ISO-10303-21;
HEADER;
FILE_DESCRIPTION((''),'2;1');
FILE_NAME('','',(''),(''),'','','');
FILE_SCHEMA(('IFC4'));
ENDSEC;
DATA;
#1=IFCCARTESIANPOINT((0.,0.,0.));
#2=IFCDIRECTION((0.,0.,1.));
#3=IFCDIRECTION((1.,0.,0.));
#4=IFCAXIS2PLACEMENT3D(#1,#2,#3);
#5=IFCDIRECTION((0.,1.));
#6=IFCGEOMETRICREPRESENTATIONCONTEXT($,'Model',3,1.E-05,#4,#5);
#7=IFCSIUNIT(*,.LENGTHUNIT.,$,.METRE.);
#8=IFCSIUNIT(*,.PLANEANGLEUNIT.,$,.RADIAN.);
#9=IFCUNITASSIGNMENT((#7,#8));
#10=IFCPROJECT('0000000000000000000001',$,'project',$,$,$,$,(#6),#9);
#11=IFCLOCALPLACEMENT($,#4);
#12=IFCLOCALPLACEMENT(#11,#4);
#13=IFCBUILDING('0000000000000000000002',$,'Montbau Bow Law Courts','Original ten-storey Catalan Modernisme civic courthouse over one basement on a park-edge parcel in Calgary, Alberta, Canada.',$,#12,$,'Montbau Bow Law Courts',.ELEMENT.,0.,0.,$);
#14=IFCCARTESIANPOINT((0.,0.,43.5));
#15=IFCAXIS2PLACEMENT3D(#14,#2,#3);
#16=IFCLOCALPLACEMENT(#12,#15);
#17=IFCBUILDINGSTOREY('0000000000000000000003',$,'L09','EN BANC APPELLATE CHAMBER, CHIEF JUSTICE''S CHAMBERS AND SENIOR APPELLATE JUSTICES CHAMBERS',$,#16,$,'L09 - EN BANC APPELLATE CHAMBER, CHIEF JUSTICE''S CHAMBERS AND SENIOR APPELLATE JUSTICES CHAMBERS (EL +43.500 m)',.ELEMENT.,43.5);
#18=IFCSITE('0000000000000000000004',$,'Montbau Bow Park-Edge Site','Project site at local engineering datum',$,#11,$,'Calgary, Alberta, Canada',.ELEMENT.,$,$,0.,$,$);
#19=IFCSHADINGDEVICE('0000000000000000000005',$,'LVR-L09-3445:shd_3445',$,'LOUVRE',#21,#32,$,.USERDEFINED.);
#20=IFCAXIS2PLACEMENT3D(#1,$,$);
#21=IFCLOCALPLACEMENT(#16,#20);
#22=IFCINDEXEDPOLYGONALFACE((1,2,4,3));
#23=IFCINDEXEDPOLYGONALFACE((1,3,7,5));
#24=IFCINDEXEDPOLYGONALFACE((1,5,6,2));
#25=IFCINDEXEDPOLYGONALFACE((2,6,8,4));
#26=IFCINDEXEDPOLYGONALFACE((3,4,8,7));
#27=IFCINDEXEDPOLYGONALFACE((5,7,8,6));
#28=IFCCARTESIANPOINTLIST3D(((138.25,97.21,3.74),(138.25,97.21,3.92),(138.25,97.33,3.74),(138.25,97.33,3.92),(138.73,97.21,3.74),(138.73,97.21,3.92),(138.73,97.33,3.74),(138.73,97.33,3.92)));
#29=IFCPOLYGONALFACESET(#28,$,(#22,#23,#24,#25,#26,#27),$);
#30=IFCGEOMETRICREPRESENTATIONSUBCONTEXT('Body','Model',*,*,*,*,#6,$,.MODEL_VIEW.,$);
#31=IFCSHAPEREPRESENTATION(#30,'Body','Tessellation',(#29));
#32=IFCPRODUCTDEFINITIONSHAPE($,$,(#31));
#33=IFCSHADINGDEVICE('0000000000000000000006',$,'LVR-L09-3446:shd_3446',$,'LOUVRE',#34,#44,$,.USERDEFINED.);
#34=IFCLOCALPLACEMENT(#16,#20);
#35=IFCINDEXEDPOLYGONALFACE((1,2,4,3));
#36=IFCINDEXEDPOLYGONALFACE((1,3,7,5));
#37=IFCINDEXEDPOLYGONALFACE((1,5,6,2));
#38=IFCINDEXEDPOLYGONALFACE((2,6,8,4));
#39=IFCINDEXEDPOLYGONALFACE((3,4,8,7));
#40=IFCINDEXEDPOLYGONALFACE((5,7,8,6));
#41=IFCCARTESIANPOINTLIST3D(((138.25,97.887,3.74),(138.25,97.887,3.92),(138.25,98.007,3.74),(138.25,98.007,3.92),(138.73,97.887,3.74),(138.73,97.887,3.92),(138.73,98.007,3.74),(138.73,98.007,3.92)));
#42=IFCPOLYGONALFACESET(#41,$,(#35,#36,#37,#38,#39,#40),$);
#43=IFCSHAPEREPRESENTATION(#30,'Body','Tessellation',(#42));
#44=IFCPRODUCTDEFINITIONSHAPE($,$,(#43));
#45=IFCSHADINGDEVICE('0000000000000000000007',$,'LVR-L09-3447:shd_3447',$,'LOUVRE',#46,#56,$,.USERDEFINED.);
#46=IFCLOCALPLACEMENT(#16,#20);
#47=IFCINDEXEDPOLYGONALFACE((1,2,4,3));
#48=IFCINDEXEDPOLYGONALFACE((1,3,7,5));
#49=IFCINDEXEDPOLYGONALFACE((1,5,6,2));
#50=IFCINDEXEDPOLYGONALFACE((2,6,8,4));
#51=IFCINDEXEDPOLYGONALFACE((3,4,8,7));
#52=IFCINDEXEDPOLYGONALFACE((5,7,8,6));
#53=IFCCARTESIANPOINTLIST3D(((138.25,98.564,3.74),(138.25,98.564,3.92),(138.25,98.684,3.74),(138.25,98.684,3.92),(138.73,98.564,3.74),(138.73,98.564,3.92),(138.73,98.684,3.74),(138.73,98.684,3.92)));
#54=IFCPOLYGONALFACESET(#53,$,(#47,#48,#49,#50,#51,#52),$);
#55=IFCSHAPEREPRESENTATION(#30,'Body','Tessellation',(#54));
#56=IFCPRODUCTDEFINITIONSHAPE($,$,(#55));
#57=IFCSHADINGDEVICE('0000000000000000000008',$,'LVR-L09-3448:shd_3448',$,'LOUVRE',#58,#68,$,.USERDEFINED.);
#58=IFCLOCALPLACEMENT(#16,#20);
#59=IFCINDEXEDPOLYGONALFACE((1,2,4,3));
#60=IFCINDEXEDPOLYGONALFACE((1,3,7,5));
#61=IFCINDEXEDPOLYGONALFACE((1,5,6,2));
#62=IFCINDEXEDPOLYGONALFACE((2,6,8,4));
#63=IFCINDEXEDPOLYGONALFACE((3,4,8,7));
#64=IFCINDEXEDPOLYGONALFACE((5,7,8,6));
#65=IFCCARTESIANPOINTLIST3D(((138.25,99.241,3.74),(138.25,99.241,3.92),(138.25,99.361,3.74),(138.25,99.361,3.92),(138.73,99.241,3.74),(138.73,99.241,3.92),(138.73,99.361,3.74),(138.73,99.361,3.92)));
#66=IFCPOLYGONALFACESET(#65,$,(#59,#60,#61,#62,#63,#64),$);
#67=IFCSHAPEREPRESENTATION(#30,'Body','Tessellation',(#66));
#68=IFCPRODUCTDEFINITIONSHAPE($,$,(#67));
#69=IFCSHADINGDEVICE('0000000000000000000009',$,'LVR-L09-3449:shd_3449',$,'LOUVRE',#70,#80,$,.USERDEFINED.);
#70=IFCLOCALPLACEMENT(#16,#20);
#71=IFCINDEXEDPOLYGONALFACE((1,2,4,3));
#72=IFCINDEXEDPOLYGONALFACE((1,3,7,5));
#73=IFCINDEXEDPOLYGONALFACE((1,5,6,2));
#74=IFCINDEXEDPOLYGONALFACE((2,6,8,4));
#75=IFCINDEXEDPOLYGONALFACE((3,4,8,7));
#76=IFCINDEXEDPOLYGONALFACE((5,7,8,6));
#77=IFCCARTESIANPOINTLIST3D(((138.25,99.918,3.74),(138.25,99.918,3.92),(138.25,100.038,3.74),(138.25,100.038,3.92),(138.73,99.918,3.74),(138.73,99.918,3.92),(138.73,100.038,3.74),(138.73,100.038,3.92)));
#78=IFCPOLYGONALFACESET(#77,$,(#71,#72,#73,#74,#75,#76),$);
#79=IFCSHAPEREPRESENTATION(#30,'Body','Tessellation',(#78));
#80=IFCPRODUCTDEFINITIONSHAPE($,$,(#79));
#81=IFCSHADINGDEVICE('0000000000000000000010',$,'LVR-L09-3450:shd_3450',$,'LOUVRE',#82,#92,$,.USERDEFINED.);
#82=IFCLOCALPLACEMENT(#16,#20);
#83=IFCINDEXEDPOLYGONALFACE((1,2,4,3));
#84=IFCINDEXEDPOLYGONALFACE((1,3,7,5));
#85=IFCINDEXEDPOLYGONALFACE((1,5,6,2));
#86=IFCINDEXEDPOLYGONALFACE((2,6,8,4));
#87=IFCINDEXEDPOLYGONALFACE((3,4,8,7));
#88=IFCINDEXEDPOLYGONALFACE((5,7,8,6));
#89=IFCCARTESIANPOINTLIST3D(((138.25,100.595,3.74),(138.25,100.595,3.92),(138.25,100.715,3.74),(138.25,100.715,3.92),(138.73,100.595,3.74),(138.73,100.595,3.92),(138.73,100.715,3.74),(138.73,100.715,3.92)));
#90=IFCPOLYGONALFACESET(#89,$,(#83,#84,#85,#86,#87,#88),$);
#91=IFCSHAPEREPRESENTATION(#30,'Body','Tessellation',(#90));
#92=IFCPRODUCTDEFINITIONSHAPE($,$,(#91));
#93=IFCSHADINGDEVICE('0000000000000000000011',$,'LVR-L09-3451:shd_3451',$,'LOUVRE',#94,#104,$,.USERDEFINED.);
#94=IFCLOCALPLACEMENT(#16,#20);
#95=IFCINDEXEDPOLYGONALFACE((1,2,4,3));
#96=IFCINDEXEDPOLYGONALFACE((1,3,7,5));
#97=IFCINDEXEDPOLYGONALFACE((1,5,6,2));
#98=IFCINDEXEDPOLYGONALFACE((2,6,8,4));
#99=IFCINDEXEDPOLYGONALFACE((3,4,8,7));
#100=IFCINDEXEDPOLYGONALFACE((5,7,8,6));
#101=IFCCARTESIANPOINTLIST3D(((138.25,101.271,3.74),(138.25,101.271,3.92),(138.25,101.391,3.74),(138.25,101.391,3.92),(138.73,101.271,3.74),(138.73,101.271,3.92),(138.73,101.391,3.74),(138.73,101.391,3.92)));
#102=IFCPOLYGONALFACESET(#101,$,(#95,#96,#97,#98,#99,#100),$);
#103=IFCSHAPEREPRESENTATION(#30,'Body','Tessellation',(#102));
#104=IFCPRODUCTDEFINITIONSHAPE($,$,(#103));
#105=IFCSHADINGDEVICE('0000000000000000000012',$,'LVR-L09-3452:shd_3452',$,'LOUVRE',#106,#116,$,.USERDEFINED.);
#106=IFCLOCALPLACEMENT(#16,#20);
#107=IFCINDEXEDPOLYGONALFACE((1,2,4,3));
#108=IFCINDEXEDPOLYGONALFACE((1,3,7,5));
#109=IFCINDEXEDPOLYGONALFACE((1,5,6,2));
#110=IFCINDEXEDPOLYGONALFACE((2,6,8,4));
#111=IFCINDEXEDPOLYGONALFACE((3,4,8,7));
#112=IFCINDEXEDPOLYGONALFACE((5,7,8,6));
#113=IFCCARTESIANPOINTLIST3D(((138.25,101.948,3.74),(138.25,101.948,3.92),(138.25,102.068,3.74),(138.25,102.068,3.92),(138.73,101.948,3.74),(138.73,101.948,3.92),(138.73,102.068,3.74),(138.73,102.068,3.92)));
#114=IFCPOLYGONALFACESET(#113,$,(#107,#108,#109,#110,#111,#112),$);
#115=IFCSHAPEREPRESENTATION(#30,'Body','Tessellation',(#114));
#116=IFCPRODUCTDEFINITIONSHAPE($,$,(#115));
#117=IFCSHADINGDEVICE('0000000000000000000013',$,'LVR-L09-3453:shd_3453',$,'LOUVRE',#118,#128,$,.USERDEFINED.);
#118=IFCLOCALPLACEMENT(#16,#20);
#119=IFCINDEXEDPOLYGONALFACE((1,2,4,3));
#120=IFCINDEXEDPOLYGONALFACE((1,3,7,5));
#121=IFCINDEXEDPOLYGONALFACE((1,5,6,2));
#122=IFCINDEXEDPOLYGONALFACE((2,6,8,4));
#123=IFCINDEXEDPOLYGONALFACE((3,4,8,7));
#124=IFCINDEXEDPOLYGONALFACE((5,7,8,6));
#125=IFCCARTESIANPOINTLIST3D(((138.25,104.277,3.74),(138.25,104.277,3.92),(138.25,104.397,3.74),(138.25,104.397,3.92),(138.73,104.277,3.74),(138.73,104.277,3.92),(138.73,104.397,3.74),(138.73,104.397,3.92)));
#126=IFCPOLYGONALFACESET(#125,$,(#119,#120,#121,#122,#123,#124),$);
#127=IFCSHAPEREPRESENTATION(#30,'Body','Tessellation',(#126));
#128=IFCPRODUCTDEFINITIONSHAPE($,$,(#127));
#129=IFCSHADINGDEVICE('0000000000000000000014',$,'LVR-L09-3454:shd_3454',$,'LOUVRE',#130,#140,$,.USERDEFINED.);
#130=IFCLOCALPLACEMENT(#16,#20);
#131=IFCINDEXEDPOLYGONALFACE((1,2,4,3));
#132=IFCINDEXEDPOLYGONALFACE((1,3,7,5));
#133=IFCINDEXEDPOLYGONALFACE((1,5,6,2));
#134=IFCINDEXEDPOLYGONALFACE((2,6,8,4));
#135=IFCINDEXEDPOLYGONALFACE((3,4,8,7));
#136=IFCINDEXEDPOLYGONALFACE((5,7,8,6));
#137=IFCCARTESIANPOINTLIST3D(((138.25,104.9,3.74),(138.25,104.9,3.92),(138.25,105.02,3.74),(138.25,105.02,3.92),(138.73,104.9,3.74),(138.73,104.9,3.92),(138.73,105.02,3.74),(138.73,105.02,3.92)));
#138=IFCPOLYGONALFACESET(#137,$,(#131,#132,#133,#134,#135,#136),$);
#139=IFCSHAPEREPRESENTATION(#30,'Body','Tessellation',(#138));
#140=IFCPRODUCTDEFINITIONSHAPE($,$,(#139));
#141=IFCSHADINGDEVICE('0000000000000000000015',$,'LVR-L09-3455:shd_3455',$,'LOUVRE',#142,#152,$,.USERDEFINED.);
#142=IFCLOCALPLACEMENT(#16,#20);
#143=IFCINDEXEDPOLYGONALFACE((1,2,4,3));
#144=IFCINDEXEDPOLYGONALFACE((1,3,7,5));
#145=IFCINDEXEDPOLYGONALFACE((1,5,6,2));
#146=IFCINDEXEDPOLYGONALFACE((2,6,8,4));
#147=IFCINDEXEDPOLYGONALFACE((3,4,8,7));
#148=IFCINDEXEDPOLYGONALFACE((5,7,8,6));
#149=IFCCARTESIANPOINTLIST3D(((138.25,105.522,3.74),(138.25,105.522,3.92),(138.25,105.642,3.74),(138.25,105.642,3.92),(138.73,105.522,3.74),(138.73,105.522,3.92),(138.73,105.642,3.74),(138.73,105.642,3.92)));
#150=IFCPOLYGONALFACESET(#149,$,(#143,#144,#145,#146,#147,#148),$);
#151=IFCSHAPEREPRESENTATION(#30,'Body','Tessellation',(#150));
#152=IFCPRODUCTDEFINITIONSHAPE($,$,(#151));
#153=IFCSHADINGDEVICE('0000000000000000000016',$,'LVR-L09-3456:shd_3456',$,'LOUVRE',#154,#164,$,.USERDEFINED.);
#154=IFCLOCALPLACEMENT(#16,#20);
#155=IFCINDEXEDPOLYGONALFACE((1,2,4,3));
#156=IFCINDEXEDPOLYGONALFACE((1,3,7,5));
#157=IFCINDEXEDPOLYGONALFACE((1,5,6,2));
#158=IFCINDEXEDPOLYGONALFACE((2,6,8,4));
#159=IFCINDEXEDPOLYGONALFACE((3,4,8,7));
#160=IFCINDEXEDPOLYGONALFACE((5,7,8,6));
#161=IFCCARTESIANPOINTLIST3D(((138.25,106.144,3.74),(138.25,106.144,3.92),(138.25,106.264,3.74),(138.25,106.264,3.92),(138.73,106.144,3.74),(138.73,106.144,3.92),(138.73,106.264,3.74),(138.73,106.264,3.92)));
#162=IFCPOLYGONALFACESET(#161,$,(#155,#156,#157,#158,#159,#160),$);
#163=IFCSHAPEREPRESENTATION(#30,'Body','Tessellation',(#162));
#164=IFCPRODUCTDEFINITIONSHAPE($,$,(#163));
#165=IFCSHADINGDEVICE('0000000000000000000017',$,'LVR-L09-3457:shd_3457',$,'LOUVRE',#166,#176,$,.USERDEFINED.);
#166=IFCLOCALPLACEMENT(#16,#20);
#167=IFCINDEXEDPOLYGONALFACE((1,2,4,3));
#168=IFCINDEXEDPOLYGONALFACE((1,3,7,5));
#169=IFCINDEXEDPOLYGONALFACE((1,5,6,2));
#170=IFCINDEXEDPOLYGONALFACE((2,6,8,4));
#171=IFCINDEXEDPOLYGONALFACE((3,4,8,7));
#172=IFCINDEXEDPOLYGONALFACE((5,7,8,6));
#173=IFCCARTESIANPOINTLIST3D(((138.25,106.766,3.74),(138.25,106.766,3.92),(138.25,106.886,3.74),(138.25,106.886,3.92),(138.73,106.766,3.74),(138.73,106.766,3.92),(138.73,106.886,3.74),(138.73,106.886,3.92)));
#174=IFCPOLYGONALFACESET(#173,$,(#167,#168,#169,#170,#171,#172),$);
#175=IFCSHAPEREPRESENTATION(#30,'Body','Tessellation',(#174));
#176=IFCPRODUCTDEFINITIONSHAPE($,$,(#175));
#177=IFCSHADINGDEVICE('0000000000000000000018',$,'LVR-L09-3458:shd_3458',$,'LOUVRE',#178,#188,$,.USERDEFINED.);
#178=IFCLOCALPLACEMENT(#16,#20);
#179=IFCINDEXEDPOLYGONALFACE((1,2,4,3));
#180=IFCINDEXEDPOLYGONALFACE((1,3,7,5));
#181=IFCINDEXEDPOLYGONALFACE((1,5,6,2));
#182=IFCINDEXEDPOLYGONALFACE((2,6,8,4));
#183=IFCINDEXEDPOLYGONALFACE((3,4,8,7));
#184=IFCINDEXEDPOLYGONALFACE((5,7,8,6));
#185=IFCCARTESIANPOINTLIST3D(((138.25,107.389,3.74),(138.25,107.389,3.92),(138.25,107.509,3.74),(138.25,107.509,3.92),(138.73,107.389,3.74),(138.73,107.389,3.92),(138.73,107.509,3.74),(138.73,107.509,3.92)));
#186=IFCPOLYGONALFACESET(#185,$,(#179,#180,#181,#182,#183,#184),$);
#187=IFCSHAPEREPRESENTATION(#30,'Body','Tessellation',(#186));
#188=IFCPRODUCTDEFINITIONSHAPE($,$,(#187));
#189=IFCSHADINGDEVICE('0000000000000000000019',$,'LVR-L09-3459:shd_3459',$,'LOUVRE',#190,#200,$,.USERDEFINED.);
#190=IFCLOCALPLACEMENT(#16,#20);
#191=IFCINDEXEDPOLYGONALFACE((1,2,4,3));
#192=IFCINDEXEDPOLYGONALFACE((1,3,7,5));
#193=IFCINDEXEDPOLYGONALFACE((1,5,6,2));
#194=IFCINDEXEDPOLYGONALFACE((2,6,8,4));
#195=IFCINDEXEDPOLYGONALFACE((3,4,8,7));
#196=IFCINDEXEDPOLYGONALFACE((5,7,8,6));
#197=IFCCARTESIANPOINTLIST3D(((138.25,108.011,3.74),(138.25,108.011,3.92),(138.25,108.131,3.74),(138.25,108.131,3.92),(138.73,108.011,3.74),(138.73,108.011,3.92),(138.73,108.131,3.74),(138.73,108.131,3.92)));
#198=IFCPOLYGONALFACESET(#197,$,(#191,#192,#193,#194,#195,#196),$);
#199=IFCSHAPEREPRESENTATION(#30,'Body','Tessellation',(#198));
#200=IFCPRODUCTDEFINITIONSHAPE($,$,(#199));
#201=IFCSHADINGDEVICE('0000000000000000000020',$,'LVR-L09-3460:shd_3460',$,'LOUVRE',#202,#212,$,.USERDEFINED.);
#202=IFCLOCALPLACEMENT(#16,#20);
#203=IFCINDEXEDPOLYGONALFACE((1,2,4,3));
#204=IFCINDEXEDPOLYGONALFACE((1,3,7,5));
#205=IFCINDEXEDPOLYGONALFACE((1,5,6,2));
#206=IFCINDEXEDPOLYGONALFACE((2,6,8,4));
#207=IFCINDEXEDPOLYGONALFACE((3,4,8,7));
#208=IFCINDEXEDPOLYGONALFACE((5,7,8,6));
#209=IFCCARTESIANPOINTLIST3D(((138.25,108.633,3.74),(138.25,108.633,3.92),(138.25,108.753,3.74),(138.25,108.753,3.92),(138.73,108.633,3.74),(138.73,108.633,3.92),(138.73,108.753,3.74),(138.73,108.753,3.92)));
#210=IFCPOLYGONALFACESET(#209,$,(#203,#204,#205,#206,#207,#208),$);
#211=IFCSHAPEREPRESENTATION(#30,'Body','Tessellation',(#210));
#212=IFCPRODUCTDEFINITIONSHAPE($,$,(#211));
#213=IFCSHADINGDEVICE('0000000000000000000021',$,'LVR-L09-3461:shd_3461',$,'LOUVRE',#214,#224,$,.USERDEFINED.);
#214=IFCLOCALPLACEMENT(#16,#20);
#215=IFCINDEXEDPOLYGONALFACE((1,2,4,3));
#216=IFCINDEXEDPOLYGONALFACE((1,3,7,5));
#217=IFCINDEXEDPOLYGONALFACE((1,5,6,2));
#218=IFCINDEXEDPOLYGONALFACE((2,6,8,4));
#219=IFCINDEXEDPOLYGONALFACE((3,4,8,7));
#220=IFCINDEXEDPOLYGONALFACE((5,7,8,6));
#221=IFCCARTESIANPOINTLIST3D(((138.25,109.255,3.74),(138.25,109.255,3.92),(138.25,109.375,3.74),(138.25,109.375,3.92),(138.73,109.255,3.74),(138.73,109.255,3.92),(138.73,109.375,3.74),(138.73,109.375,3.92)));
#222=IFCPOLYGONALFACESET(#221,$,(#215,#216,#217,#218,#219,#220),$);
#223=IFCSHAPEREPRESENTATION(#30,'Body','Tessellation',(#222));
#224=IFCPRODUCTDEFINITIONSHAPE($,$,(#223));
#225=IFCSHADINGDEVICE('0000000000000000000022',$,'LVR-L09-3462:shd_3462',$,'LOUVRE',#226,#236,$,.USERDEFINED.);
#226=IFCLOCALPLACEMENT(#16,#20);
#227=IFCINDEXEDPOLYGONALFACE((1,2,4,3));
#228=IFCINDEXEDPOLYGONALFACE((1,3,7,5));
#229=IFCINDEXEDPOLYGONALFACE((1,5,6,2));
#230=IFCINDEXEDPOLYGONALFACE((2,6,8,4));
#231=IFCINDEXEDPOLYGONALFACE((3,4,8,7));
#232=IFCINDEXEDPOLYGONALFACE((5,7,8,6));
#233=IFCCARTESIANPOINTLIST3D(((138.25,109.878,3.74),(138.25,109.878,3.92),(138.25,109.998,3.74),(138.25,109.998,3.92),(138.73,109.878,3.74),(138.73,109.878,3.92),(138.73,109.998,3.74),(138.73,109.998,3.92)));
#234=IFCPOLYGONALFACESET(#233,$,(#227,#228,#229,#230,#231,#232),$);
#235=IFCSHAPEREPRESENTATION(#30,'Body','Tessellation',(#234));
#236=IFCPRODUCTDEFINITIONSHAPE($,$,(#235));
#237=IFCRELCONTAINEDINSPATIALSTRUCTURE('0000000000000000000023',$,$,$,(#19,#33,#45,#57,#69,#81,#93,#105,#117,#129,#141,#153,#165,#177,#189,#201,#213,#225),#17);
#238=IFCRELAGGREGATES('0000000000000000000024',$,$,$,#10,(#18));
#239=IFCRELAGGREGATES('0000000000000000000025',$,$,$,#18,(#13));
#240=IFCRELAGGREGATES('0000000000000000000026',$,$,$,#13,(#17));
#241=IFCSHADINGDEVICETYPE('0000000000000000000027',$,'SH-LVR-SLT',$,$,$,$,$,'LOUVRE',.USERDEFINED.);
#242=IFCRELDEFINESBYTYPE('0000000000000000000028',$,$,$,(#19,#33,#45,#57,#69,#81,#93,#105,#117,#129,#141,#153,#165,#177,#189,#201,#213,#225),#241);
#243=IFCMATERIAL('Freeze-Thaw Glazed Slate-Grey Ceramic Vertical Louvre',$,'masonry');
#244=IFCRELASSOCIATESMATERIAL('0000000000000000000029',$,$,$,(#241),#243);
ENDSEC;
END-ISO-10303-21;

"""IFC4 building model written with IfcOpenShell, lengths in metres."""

from ifc_helpers import new_model, si_unit, direction, frame, origin_with_axes, origin_2d_with_axis, place, context, subcontext, project, spatial, rectangle, extrude, material, type_object, element, save


model = new_model("IFC4")

# Units and contexts
model_context = context("Model", 3, precision=1e-05, world=origin_with_axes(), true_north=direction((0.0, 1.0)))
body_context = subcontext(model_context, "Body", "Model", "MODEL_VIEW")
ifc_project = project(units=[si_unit("LENGTHUNIT", "METRE"), si_unit("PLANEANGLEUNIT", "RADIAN")], contexts=[model_context])

# Site, building, storey
site_placement = place(None, origin_with_axes())
site = spatial("IfcSite", under=ifc_project, at=site_placement, Name="Montbau Bow Park-Edge Site", Description="Project site at local engineering datum", LongName="Calgary, Alberta, Canada", CompositionType="ELEMENT", RefElevation=0.0)
building_placement = place(site_placement, origin_with_axes())
building = spatial("IfcBuilding", under=site, at=building_placement, Name="Montbau Bow Law Courts", Description="Original ten-storey Catalan Modernisme civic courthouse over one basement on a park-edge parcel in Calgary, Alberta, Canada.", LongName="Montbau Bow Law Courts", CompositionType="ELEMENT", ElevationOfRefHeight=0.0, ElevationOfTerrain=0.0)
storey_placement = place(building_placement, frame((0.0, 0.0, 43.5), z_axis=(0.0, 0.0, 1.0), x_axis=(1.0, 0.0, 0.0)))
storey = spatial("IfcBuildingStorey", under=building, at=storey_placement, Name="L09", Description="EN BANC APPELLATE CHAMBER, CHIEF JUSTICE'S CHAMBERS AND SENIOR APPELLATE JUSTICES CHAMBERS", LongName="L09 - EN BANC APPELLATE CHAMBER, CHIEF JUSTICE'S CHAMBERS AND SENIOR APPELLATE JUSTICES CHAMBERS (EL +43.500 m)", CompositionType="ELEMENT", Elevation=43.5)

# Shading devices
ifc_material_1 = material(Name="Freeze-Thaw Glazed Slate-Grey Ceramic Vertical Louvre", Category="masonry")
shading_device_type = type_object("IfcShadingDeviceType", Name="SH-LVR-SLT", ElementType="LOUVRE", PredefinedType="USERDEFINED", material=ifc_material_1)
for number, where, z_axis, x_axis, name in (
    (1, (138.49, 97.27, 47.24), (0.0, 0.0, 1.0), (-1.0, 0.0, 0.0), "LVR-L09-3445:shd_3445"),
    (2, (138.49, 97.947, 47.24), (0.0, 0.0, 1.0), (-1.0, 0.0, 0.0), "LVR-L09-3446:shd_3446"),
    (3, (138.49, 98.624, 47.24), (0.0, 0.0, 1.0), (-1.0, 0.0, 0.0), "LVR-L09-3447:shd_3447"),
    (4, (138.49, 99.301, 47.24), (0.0, 0.0, 1.0), (-1.0, 0.0, 0.0), "LVR-L09-3448:shd_3448"),
    (5, (138.49, 99.978, 47.24), (0.0, 0.0, 1.0), (-1.0, 0.0, 0.0), "LVR-L09-3449:shd_3449"),
    (6, (138.49, 100.655, 47.24), (0.0, 0.0, 1.0), (-1.0, 0.0, 0.0), "LVR-L09-3450:shd_3450"),
    (7, (138.49, 101.331, 47.24), (0.0, 0.0, 1.0), (-1.0, 0.0, 0.0), "LVR-L09-3451:shd_3451"),
    (8, (138.49, 102.008, 47.24), (0.0, 0.0, 1.0), (-1.0, 0.0, 0.0), "LVR-L09-3452:shd_3452"),
    (9, (138.49, 104.337, 47.24), (0.0, 0.0, 1.0), (-1.0, 0.0, 0.0), "LVR-L09-3453:shd_3453"),
    (10, (138.49, 104.96, 47.24), (0.0, 0.0, 1.0), (-1.0, 0.0, 0.0), "LVR-L09-3454:shd_3454"),
    (11, (138.49, 105.582, 47.24), (0.0, 0.0, 1.0), (-1.0, 0.0, 0.0), "LVR-L09-3455:shd_3455"),
    (12, (138.49, 106.204, 47.24), (0.0, 0.0, 1.0), (-1.0, 0.0, 0.0), "LVR-L09-3456:shd_3456"),
    (13, (138.49, 106.826, 47.24), (0.0, 0.0, 1.0), (-1.0, 0.0, 0.0), "LVR-L09-3457:shd_3457"),
    (14, (138.49, 107.449, 47.24), (0.0, 0.0, 1.0), (-1.0, 0.0, 0.0), "LVR-L09-3458:shd_3458"),
    (15, (138.49, 108.071, 47.24), (0.0, 0.0, 1.0), (-1.0, 0.0, 0.0), "LVR-L09-3459:shd_3459"),
    (16, (138.49, 108.693, 47.24), (0.0, 0.0, 1.0), (-1.0, 0.0, 0.0), "LVR-L09-3460:shd_3460"),
    (17, (138.49, 109.315, 47.24), (0.0, 0.0, 1.0), (-1.0, 0.0, 0.0), "LVR-L09-3461:shd_3461"),
    (18, (138.49, 109.938, 47.24), (0.0, 0.0, 1.0), (-1.0, 0.0, 0.0), "LVR-L09-3462:shd_3462"),
):
    element("IfcShadingDevice", number, at=place(None, frame(where, z_axis=z_axis, x_axis=x_axis)), inside=storey, type_object=shading_device_type, Name=name, ObjectType="LOUVRE", PredefinedType="USERDEFINED", context=body_context, shape_type="SweptSolid", body=[
        extrude(rectangle(XDim=0.48, YDim=0.12, at=origin_2d_with_axis()), origin_with_axes(), (0.0, 0.0, 1.0), 0.18),
    ])

save(model, "model.ifc")
